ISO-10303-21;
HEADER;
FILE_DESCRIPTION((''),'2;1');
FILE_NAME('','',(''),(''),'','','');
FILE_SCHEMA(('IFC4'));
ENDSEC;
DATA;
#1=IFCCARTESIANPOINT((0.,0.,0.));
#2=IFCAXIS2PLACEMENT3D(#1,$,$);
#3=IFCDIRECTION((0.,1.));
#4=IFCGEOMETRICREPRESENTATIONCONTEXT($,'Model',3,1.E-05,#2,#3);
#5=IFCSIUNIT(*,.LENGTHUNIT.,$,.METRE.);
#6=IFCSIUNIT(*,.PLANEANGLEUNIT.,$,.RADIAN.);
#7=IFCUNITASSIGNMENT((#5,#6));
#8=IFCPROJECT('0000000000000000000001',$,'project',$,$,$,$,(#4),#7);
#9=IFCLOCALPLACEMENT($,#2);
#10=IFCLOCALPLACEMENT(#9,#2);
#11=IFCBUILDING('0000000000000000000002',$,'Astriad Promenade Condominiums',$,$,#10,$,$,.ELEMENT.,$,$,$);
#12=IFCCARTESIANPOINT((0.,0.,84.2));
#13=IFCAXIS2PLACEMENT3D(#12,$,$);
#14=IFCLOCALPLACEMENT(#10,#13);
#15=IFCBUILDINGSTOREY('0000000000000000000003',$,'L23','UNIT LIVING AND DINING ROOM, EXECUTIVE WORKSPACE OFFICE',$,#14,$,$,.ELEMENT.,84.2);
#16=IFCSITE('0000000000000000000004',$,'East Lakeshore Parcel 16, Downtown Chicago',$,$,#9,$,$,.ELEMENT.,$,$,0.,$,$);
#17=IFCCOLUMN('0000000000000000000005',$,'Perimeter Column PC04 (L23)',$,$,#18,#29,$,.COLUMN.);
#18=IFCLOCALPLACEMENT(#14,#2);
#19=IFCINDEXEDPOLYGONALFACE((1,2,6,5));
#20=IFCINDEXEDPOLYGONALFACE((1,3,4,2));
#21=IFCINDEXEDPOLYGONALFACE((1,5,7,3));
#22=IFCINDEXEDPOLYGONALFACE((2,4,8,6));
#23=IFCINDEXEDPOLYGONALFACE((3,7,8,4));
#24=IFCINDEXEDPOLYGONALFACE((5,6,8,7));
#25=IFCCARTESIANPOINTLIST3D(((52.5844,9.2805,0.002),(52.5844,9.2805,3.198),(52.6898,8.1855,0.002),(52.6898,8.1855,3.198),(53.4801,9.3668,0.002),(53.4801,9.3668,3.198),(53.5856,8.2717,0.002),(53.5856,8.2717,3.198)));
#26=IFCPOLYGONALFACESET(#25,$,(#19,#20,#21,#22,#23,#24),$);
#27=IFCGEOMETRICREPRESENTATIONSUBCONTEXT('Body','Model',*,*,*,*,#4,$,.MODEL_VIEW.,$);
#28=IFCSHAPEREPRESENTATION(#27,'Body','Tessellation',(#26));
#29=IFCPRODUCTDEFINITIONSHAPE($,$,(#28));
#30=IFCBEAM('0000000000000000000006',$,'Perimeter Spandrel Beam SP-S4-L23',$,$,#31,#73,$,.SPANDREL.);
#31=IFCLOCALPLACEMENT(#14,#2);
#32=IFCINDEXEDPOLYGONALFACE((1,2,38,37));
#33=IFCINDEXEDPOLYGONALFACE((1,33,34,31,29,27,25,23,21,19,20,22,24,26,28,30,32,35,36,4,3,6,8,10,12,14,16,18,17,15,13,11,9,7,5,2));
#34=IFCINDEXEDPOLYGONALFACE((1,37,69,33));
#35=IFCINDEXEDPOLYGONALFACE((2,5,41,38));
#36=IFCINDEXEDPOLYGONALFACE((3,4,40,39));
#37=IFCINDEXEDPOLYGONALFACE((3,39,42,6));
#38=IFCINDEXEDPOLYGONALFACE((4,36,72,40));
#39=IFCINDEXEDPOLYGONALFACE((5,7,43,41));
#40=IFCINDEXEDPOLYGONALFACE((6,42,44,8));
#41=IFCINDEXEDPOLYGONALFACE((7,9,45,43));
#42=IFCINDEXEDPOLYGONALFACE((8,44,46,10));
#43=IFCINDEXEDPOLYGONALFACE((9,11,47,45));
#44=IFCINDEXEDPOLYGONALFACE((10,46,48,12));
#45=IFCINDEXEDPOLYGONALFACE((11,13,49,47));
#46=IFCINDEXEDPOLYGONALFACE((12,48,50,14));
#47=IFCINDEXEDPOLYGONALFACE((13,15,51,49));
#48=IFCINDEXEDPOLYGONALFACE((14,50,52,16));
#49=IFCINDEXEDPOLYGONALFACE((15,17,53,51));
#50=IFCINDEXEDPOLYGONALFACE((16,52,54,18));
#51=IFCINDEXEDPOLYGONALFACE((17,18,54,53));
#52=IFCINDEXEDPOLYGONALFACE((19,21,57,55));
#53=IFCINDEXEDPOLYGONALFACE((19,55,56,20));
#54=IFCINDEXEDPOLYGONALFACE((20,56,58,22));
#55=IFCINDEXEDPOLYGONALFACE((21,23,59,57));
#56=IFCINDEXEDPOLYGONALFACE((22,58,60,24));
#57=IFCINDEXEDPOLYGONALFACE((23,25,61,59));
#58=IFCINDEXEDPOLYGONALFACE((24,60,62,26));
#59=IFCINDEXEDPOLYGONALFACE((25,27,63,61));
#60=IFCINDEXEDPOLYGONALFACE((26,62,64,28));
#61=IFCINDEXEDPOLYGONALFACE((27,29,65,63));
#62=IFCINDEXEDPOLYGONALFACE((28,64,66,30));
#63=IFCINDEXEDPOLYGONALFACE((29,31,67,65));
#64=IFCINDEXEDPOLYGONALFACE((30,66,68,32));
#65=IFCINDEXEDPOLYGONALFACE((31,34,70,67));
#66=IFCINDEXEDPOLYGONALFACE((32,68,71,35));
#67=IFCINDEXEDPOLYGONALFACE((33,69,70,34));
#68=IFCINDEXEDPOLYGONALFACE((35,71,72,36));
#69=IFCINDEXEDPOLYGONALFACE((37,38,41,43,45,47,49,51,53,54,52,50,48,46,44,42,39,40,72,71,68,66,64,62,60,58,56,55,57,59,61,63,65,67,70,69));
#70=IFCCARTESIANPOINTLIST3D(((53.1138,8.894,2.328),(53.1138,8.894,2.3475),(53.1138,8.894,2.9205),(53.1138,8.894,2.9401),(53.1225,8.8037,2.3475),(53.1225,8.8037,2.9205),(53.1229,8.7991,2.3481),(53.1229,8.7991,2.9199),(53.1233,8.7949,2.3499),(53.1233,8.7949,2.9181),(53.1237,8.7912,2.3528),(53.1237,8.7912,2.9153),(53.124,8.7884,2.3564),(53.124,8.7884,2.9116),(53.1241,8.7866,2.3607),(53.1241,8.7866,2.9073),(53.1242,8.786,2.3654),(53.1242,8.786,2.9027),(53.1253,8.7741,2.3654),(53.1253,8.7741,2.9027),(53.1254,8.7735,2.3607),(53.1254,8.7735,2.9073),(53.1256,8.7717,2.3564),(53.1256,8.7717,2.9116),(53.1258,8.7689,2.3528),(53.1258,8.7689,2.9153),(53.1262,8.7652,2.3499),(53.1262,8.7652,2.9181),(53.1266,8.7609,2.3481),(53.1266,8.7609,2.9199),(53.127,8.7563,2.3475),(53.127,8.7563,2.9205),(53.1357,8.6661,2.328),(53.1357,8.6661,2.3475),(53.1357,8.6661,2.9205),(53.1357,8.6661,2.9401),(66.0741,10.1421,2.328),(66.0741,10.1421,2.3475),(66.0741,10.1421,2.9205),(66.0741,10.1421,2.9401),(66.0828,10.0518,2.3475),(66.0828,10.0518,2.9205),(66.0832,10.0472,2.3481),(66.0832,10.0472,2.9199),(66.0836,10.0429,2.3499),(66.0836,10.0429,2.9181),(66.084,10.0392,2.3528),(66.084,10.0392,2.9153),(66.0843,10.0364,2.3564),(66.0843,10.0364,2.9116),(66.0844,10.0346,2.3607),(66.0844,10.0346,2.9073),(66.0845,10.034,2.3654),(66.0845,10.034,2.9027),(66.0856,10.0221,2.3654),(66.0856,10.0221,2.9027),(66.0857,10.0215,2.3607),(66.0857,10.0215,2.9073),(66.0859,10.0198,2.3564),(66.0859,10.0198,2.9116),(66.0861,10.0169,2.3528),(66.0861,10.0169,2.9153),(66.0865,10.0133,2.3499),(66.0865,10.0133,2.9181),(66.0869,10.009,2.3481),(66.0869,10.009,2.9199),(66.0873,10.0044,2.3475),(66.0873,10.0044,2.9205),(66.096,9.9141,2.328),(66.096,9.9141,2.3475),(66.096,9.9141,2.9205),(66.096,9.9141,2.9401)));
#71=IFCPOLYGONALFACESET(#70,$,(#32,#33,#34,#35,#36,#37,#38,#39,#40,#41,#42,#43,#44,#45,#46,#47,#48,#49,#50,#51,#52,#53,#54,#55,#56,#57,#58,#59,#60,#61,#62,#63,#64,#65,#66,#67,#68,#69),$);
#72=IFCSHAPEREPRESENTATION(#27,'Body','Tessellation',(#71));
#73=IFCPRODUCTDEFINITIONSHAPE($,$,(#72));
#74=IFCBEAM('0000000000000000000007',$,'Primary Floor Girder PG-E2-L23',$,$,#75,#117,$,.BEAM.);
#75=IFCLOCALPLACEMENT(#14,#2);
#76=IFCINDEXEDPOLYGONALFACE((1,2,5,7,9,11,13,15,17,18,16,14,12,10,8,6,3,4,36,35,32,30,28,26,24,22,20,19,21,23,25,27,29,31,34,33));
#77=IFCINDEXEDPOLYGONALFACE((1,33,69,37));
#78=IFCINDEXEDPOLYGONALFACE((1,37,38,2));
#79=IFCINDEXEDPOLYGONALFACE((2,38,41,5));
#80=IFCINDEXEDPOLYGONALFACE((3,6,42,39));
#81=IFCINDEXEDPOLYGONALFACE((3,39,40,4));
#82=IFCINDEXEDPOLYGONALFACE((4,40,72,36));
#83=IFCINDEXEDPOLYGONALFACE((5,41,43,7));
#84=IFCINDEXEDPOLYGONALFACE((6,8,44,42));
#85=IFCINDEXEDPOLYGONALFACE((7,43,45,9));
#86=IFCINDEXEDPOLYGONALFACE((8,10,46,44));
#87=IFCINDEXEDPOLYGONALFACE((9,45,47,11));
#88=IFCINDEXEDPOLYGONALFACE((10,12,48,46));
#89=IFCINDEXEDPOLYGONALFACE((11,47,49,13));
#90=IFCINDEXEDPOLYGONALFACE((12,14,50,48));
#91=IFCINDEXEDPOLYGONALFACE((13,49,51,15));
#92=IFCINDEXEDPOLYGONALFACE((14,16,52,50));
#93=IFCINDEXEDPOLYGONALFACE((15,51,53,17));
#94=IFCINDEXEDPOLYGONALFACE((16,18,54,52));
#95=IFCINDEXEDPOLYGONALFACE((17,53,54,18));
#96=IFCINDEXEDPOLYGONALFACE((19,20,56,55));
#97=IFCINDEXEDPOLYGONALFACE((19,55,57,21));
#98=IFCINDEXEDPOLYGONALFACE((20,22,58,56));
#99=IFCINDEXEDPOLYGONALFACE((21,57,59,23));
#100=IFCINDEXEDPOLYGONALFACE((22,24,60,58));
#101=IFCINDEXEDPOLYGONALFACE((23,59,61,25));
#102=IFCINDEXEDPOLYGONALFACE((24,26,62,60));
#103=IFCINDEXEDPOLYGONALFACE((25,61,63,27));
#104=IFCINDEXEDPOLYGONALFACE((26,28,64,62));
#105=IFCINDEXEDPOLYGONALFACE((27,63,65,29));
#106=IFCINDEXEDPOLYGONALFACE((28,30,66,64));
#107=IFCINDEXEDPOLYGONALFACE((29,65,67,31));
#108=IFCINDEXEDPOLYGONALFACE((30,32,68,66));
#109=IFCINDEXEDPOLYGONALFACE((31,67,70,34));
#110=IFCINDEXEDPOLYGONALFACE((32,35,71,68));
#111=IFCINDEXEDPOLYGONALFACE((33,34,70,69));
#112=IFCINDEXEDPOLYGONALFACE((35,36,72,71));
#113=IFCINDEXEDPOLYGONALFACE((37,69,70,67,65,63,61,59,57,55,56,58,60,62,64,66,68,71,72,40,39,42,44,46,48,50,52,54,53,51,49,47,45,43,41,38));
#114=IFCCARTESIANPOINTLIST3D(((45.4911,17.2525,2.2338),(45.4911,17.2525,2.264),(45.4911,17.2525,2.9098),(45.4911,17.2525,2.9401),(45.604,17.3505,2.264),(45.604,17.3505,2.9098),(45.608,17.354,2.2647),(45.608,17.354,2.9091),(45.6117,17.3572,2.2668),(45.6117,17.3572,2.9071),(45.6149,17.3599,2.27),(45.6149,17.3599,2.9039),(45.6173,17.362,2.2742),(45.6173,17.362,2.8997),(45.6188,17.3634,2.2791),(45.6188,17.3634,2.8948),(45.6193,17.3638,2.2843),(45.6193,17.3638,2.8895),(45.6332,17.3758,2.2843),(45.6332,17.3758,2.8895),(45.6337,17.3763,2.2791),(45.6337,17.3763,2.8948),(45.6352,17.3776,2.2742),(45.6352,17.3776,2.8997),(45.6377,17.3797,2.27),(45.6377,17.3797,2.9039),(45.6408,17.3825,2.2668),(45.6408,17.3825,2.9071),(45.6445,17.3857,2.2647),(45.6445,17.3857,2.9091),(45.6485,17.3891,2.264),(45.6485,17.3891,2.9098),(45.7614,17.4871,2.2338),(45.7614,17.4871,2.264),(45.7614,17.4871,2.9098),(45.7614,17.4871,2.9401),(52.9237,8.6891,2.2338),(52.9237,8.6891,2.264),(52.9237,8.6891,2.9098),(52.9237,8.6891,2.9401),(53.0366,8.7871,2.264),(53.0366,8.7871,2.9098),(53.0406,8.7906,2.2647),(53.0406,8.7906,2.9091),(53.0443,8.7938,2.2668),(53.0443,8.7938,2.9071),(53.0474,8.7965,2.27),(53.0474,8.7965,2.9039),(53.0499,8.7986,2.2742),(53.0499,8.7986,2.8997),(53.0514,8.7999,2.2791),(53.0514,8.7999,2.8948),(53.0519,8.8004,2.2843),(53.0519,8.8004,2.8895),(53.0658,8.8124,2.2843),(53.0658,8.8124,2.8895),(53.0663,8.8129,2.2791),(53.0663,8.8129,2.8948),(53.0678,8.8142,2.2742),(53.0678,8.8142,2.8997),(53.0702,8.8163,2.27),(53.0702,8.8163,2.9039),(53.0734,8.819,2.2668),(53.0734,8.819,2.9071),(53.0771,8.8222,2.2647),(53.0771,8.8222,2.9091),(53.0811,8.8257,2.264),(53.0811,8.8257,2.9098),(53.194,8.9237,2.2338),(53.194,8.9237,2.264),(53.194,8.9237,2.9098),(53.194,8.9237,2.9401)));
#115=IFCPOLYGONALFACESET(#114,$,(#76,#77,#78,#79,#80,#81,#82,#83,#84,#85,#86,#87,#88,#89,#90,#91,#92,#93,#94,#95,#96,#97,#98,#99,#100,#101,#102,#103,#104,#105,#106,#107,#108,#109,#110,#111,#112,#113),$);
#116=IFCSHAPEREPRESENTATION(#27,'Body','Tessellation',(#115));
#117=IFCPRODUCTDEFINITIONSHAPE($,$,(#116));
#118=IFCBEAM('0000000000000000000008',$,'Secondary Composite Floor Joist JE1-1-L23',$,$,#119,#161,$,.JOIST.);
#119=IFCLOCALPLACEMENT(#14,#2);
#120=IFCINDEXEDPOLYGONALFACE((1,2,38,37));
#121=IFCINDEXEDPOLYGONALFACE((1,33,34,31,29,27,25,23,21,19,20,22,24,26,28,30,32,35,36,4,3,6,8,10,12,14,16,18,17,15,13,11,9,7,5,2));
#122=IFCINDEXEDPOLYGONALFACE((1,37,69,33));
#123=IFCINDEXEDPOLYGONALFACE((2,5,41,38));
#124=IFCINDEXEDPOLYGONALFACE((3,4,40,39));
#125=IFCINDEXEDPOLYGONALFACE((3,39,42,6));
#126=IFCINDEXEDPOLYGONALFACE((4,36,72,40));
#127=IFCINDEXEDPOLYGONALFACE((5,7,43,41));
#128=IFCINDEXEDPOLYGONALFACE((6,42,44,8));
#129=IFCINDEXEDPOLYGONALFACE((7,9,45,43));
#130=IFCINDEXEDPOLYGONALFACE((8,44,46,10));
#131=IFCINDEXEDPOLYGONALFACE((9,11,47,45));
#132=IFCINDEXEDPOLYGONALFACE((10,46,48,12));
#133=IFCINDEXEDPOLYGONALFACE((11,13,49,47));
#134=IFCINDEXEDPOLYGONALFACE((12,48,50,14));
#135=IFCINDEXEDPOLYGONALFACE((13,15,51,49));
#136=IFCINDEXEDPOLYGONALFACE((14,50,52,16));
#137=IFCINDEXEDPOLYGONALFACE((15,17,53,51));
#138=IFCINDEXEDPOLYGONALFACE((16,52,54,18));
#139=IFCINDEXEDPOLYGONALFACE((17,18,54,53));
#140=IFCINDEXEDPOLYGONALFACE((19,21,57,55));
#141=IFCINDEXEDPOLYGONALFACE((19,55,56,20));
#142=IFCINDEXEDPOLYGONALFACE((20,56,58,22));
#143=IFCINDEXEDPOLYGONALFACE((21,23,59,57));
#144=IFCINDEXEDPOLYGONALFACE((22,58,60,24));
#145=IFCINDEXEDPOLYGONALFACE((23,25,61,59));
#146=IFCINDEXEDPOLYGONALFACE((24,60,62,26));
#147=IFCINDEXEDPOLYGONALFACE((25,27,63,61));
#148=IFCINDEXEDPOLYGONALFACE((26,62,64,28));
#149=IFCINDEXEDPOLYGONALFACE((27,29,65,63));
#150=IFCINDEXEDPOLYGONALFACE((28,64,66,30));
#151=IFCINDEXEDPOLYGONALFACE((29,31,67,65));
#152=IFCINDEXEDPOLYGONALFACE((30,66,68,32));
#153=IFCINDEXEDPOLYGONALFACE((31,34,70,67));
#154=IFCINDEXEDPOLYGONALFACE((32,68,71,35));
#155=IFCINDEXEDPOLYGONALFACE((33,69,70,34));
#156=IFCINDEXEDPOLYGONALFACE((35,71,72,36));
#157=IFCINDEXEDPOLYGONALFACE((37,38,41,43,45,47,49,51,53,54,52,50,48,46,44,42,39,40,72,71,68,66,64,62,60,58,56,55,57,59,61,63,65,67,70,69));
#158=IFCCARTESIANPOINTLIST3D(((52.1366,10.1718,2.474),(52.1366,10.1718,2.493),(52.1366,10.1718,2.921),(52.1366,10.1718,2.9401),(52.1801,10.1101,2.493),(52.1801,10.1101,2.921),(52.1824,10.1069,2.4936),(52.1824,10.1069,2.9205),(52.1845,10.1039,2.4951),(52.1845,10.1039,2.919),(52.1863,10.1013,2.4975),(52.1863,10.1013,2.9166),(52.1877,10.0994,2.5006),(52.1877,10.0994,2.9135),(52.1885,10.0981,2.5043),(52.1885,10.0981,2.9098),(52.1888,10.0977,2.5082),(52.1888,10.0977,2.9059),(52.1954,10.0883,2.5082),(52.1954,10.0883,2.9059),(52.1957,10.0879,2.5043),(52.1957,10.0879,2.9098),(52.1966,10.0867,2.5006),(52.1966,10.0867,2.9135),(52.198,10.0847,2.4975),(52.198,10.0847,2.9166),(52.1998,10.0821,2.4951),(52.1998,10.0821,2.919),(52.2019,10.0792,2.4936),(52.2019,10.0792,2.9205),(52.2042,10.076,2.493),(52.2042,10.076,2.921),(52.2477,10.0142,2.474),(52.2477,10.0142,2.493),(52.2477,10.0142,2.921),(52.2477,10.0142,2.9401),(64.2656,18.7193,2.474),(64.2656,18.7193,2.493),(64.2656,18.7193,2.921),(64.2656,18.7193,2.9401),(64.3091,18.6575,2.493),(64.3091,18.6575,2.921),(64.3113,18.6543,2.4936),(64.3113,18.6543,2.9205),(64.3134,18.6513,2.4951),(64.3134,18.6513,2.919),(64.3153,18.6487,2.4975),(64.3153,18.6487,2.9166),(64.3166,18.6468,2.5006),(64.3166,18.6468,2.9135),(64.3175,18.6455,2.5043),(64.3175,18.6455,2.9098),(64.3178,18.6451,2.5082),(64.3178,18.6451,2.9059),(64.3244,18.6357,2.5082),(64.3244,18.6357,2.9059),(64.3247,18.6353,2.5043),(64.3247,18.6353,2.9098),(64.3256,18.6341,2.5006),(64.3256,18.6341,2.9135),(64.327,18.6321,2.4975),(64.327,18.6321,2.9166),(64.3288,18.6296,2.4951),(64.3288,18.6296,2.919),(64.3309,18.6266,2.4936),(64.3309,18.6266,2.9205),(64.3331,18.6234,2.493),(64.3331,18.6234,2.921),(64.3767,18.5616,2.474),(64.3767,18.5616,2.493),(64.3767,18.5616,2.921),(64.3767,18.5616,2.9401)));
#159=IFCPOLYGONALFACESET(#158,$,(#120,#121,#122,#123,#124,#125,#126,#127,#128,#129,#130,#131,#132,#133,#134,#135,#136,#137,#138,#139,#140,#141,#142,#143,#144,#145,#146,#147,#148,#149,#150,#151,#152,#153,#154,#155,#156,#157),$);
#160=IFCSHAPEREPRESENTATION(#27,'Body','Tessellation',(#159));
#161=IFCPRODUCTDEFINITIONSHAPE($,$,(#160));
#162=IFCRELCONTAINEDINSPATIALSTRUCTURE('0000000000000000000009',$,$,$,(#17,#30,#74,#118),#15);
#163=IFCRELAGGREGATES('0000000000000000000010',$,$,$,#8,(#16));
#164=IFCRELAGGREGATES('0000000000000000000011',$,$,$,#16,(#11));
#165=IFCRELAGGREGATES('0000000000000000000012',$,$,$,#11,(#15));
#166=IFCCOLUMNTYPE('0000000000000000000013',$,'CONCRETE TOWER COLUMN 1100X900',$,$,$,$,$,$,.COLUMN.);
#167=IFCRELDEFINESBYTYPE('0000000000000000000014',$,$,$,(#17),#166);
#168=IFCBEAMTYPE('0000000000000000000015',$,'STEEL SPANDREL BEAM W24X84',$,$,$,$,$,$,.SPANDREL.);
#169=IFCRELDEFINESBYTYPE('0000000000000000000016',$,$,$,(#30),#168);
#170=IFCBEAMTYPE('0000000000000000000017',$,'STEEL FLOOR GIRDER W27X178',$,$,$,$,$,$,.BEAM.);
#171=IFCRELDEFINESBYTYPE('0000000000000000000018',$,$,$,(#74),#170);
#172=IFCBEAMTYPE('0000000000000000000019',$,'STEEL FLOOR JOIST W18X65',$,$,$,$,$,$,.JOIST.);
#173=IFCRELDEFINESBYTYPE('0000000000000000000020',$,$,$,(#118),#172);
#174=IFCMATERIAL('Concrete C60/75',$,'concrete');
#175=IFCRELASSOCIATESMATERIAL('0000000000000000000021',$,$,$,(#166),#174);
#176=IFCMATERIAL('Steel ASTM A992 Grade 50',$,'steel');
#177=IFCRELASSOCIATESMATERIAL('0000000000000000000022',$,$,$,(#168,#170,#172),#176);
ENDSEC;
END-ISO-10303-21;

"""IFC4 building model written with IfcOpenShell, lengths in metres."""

from ifc_helpers import new_model, si_unit, direction, frame, origin, origin_2d, place, context, subcontext, project, spatial, rectangle, i_section, extrude, source, transform, mapped, material, material_profile, profile_set, type_object, type_shapes, element, save


model = new_model("IFC4")

# Units and contexts
model_context = context("Model", 3, precision=1e-05, world=origin(), true_north=direction((0.0, 1.0)))
body_context = subcontext(model_context, "Body", "Model", "MODEL_VIEW")
ifc_project = project(units=[si_unit("LENGTHUNIT", "METRE"), si_unit("PLANEANGLEUNIT", "RADIAN")], contexts=[model_context])

# Site, building, storey
site_placement = place(None, origin())
site = spatial("IfcSite", under=ifc_project, at=site_placement, Name="East Lakeshore Parcel 16, Downtown Chicago", CompositionType="ELEMENT", RefElevation=0.0)
building_placement = place(site_placement, origin())
building = spatial("IfcBuilding", under=site, at=building_placement, Name="Astriad Promenade Condominiums", CompositionType="ELEMENT")
storey_placement = place(building_placement, frame((0.0, 0.0, 84.2)))
storey = spatial("IfcBuildingStorey", under=building, at=storey_placement, Name="L23", Description="UNIT LIVING AND DINING ROOM, EXECUTIVE WORKSPACE OFFICE", CompositionType="ELEMENT", Elevation=84.2)

# Column
ifc_material_1 = material(Name="Concrete C60/75", Category="concrete")
ifc_material_profile_1 = material_profile(ifc_material_1, rectangle(XDim=0.8999, YDim=1.1001, at=origin_2d()), Name="RC-COL-1100X900")
ifc_profile_set_1 = profile_set([ifc_material_profile_1], Name="Concrete C60/75")
column_type = type_object("IfcColumnType", Name="CONCRETE TOWER COLUMN 1100X900", PredefinedType="COLUMN", material=ifc_profile_set_1)
shared_shape_1 = source(origin(), body_context, "Body", "SweptSolid", [
    extrude(rectangle(XDim=0.8999, YDim=1.1001, at=origin_2d()), origin(), (0.0, 0.0, 1.0), 3.196),
])
type_shapes(column_type, [shared_shape_1])
column_placement = place(storey_placement, frame((53.085, 8.7761, 0.002), z_axis=(0.0, 0.0, 1.0), x_axis=(0.995396, 0.095846, 0.0)))
element("IfcColumn", 1, at=column_placement, inside=storey, type_object=column_type, Name="Perimeter Column PC04 (L23)", PredefinedType="COLUMN", context=body_context, shape_type="MappedRepresentation", body=[
    mapped(shared_shape_1, transform((0.0, 0.0, 0.0), scale=1.0)),
])

# Beams
ifc_material_2 = material(Name="Steel ASTM A992 Grade 50", Category="steel")
ifc_material_profile_2 = material_profile(ifc_material_2, i_section(OverallWidth=0.229, OverallDepth=0.6121, WebThickness=0.012, FlangeThickness=0.0195, FilletRadius=0.0178, at=origin_2d()), Name="W24X84")
ifc_profile_set_2 = profile_set([ifc_material_profile_2], Name="Steel ASTM A992 Grade 50")
beam_type_1 = type_object("IfcBeamType", Name="STEEL SPANDREL BEAM W24X84", PredefinedType="SPANDREL", material=ifc_profile_set_2)
shared_shape_2 = source(origin(), body_context, "Body", "SweptSolid", [
    extrude(i_section(OverallWidth=0.229, OverallDepth=0.6121, WebThickness=0.012, FlangeThickness=0.0195, FilletRadius=0.0178, at=origin_2d()), origin(), (0.0, 0.0, 1.0), 13.0203),
])
type_shapes(beam_type_1, [shared_shape_2])
beam_1_placement = place(storey_placement, frame((53.1248, 8.78, 2.634), z_axis=(0.995395, 0.095855, 0.0), x_axis=(-0.095855, 0.995395, 0.0)))
element("IfcBeam", 2, at=beam_1_placement, inside=storey, type_object=beam_type_1, Name="Perimeter Spandrel Beam SP-S4-L23", PredefinedType="SPANDREL", context=body_context, shape_type="MappedRepresentation", body=[
    mapped(shared_shape_2, transform((0.0, 0.0, 0.0), scale=1.0)),
])
ifc_material_profile_3 = material_profile(ifc_material_2, i_section(OverallWidth=0.3579, OverallDepth=0.7063, WebThickness=0.0183, FlangeThickness=0.0303, FilletRadius=0.0203, at=origin_2d()), Name="W27X178")
ifc_profile_set_3 = profile_set([ifc_material_profile_3], Name="Steel ASTM A992 Grade 50")
beam_type_2 = type_object("IfcBeamType", Name="STEEL FLOOR GIRDER W27X178", PredefinedType="BEAM", material=ifc_profile_set_3)
shared_shape_3 = source(origin(), body_context, "Body", "SweptSolid", [
    extrude(i_section(OverallWidth=0.3579, OverallDepth=0.7063, WebThickness=0.0183, FlangeThickness=0.0303, FilletRadius=0.0203, at=origin_2d()), origin(), (0.0, 0.0, 1.0), 11.3391),
])
type_shapes(beam_type_2, [shared_shape_3])
beam_2_placement = place(storey_placement, frame((53.0588, 8.8064, 2.5869), z_axis=(-0.655481, 0.755211, 0.0), x_axis=(-0.755211, -0.655481, 0.0)))
element("IfcBeam", 3, at=beam_2_placement, inside=storey, type_object=beam_type_2, Name="Primary Floor Girder PG-E2-L23", PredefinedType="BEAM", context=body_context, shape_type="MappedRepresentation", body=[
    mapped(shared_shape_3, transform((0.0, 0.0, 0.0), scale=1.0)),
])
ifc_material_profile_4 = material_profile(ifc_material_2, i_section(OverallWidth=0.1929, OverallDepth=0.4661, WebThickness=0.0115, FlangeThickness=0.019, FilletRadius=0.0151, at=origin_2d()), Name="W18X65")
ifc_profile_set_4 = profile_set([ifc_material_profile_4], Name="Steel ASTM A992 Grade 50")
beam_type_3 = type_object("IfcBeamType", Name="STEEL FLOOR JOIST W18X65", PredefinedType="JOIST", material=ifc_profile_set_4)
shared_shape_4 = source(origin(), body_context, "Body", "SweptSolid", [
    extrude(i_section(OverallWidth=0.1929, OverallDepth=0.4661, WebThickness=0.0115, FlangeThickness=0.019, FilletRadius=0.0151, at=origin_2d()), origin(), (0.0, 0.0, 1.0), 14.8381),
])
beam_3_placement = place(storey_placement, frame((52.1921, 10.093, 2.707), z_axis=(0.817419, 0.576043, 0.0), x_axis=(-0.576043, 0.817419, 0.0)))
element("IfcBeam", 4, at=beam_3_placement, inside=storey, type_object=beam_type_3, Name="Secondary Composite Floor Joist JE1-1-L23", PredefinedType="JOIST", context=body_context, shape_type="MappedRepresentation", body=[
    mapped(shared_shape_4, transform((0.0, 0.0, 0.0), scale=1.0)),
])

save(model, "model.ifc")
